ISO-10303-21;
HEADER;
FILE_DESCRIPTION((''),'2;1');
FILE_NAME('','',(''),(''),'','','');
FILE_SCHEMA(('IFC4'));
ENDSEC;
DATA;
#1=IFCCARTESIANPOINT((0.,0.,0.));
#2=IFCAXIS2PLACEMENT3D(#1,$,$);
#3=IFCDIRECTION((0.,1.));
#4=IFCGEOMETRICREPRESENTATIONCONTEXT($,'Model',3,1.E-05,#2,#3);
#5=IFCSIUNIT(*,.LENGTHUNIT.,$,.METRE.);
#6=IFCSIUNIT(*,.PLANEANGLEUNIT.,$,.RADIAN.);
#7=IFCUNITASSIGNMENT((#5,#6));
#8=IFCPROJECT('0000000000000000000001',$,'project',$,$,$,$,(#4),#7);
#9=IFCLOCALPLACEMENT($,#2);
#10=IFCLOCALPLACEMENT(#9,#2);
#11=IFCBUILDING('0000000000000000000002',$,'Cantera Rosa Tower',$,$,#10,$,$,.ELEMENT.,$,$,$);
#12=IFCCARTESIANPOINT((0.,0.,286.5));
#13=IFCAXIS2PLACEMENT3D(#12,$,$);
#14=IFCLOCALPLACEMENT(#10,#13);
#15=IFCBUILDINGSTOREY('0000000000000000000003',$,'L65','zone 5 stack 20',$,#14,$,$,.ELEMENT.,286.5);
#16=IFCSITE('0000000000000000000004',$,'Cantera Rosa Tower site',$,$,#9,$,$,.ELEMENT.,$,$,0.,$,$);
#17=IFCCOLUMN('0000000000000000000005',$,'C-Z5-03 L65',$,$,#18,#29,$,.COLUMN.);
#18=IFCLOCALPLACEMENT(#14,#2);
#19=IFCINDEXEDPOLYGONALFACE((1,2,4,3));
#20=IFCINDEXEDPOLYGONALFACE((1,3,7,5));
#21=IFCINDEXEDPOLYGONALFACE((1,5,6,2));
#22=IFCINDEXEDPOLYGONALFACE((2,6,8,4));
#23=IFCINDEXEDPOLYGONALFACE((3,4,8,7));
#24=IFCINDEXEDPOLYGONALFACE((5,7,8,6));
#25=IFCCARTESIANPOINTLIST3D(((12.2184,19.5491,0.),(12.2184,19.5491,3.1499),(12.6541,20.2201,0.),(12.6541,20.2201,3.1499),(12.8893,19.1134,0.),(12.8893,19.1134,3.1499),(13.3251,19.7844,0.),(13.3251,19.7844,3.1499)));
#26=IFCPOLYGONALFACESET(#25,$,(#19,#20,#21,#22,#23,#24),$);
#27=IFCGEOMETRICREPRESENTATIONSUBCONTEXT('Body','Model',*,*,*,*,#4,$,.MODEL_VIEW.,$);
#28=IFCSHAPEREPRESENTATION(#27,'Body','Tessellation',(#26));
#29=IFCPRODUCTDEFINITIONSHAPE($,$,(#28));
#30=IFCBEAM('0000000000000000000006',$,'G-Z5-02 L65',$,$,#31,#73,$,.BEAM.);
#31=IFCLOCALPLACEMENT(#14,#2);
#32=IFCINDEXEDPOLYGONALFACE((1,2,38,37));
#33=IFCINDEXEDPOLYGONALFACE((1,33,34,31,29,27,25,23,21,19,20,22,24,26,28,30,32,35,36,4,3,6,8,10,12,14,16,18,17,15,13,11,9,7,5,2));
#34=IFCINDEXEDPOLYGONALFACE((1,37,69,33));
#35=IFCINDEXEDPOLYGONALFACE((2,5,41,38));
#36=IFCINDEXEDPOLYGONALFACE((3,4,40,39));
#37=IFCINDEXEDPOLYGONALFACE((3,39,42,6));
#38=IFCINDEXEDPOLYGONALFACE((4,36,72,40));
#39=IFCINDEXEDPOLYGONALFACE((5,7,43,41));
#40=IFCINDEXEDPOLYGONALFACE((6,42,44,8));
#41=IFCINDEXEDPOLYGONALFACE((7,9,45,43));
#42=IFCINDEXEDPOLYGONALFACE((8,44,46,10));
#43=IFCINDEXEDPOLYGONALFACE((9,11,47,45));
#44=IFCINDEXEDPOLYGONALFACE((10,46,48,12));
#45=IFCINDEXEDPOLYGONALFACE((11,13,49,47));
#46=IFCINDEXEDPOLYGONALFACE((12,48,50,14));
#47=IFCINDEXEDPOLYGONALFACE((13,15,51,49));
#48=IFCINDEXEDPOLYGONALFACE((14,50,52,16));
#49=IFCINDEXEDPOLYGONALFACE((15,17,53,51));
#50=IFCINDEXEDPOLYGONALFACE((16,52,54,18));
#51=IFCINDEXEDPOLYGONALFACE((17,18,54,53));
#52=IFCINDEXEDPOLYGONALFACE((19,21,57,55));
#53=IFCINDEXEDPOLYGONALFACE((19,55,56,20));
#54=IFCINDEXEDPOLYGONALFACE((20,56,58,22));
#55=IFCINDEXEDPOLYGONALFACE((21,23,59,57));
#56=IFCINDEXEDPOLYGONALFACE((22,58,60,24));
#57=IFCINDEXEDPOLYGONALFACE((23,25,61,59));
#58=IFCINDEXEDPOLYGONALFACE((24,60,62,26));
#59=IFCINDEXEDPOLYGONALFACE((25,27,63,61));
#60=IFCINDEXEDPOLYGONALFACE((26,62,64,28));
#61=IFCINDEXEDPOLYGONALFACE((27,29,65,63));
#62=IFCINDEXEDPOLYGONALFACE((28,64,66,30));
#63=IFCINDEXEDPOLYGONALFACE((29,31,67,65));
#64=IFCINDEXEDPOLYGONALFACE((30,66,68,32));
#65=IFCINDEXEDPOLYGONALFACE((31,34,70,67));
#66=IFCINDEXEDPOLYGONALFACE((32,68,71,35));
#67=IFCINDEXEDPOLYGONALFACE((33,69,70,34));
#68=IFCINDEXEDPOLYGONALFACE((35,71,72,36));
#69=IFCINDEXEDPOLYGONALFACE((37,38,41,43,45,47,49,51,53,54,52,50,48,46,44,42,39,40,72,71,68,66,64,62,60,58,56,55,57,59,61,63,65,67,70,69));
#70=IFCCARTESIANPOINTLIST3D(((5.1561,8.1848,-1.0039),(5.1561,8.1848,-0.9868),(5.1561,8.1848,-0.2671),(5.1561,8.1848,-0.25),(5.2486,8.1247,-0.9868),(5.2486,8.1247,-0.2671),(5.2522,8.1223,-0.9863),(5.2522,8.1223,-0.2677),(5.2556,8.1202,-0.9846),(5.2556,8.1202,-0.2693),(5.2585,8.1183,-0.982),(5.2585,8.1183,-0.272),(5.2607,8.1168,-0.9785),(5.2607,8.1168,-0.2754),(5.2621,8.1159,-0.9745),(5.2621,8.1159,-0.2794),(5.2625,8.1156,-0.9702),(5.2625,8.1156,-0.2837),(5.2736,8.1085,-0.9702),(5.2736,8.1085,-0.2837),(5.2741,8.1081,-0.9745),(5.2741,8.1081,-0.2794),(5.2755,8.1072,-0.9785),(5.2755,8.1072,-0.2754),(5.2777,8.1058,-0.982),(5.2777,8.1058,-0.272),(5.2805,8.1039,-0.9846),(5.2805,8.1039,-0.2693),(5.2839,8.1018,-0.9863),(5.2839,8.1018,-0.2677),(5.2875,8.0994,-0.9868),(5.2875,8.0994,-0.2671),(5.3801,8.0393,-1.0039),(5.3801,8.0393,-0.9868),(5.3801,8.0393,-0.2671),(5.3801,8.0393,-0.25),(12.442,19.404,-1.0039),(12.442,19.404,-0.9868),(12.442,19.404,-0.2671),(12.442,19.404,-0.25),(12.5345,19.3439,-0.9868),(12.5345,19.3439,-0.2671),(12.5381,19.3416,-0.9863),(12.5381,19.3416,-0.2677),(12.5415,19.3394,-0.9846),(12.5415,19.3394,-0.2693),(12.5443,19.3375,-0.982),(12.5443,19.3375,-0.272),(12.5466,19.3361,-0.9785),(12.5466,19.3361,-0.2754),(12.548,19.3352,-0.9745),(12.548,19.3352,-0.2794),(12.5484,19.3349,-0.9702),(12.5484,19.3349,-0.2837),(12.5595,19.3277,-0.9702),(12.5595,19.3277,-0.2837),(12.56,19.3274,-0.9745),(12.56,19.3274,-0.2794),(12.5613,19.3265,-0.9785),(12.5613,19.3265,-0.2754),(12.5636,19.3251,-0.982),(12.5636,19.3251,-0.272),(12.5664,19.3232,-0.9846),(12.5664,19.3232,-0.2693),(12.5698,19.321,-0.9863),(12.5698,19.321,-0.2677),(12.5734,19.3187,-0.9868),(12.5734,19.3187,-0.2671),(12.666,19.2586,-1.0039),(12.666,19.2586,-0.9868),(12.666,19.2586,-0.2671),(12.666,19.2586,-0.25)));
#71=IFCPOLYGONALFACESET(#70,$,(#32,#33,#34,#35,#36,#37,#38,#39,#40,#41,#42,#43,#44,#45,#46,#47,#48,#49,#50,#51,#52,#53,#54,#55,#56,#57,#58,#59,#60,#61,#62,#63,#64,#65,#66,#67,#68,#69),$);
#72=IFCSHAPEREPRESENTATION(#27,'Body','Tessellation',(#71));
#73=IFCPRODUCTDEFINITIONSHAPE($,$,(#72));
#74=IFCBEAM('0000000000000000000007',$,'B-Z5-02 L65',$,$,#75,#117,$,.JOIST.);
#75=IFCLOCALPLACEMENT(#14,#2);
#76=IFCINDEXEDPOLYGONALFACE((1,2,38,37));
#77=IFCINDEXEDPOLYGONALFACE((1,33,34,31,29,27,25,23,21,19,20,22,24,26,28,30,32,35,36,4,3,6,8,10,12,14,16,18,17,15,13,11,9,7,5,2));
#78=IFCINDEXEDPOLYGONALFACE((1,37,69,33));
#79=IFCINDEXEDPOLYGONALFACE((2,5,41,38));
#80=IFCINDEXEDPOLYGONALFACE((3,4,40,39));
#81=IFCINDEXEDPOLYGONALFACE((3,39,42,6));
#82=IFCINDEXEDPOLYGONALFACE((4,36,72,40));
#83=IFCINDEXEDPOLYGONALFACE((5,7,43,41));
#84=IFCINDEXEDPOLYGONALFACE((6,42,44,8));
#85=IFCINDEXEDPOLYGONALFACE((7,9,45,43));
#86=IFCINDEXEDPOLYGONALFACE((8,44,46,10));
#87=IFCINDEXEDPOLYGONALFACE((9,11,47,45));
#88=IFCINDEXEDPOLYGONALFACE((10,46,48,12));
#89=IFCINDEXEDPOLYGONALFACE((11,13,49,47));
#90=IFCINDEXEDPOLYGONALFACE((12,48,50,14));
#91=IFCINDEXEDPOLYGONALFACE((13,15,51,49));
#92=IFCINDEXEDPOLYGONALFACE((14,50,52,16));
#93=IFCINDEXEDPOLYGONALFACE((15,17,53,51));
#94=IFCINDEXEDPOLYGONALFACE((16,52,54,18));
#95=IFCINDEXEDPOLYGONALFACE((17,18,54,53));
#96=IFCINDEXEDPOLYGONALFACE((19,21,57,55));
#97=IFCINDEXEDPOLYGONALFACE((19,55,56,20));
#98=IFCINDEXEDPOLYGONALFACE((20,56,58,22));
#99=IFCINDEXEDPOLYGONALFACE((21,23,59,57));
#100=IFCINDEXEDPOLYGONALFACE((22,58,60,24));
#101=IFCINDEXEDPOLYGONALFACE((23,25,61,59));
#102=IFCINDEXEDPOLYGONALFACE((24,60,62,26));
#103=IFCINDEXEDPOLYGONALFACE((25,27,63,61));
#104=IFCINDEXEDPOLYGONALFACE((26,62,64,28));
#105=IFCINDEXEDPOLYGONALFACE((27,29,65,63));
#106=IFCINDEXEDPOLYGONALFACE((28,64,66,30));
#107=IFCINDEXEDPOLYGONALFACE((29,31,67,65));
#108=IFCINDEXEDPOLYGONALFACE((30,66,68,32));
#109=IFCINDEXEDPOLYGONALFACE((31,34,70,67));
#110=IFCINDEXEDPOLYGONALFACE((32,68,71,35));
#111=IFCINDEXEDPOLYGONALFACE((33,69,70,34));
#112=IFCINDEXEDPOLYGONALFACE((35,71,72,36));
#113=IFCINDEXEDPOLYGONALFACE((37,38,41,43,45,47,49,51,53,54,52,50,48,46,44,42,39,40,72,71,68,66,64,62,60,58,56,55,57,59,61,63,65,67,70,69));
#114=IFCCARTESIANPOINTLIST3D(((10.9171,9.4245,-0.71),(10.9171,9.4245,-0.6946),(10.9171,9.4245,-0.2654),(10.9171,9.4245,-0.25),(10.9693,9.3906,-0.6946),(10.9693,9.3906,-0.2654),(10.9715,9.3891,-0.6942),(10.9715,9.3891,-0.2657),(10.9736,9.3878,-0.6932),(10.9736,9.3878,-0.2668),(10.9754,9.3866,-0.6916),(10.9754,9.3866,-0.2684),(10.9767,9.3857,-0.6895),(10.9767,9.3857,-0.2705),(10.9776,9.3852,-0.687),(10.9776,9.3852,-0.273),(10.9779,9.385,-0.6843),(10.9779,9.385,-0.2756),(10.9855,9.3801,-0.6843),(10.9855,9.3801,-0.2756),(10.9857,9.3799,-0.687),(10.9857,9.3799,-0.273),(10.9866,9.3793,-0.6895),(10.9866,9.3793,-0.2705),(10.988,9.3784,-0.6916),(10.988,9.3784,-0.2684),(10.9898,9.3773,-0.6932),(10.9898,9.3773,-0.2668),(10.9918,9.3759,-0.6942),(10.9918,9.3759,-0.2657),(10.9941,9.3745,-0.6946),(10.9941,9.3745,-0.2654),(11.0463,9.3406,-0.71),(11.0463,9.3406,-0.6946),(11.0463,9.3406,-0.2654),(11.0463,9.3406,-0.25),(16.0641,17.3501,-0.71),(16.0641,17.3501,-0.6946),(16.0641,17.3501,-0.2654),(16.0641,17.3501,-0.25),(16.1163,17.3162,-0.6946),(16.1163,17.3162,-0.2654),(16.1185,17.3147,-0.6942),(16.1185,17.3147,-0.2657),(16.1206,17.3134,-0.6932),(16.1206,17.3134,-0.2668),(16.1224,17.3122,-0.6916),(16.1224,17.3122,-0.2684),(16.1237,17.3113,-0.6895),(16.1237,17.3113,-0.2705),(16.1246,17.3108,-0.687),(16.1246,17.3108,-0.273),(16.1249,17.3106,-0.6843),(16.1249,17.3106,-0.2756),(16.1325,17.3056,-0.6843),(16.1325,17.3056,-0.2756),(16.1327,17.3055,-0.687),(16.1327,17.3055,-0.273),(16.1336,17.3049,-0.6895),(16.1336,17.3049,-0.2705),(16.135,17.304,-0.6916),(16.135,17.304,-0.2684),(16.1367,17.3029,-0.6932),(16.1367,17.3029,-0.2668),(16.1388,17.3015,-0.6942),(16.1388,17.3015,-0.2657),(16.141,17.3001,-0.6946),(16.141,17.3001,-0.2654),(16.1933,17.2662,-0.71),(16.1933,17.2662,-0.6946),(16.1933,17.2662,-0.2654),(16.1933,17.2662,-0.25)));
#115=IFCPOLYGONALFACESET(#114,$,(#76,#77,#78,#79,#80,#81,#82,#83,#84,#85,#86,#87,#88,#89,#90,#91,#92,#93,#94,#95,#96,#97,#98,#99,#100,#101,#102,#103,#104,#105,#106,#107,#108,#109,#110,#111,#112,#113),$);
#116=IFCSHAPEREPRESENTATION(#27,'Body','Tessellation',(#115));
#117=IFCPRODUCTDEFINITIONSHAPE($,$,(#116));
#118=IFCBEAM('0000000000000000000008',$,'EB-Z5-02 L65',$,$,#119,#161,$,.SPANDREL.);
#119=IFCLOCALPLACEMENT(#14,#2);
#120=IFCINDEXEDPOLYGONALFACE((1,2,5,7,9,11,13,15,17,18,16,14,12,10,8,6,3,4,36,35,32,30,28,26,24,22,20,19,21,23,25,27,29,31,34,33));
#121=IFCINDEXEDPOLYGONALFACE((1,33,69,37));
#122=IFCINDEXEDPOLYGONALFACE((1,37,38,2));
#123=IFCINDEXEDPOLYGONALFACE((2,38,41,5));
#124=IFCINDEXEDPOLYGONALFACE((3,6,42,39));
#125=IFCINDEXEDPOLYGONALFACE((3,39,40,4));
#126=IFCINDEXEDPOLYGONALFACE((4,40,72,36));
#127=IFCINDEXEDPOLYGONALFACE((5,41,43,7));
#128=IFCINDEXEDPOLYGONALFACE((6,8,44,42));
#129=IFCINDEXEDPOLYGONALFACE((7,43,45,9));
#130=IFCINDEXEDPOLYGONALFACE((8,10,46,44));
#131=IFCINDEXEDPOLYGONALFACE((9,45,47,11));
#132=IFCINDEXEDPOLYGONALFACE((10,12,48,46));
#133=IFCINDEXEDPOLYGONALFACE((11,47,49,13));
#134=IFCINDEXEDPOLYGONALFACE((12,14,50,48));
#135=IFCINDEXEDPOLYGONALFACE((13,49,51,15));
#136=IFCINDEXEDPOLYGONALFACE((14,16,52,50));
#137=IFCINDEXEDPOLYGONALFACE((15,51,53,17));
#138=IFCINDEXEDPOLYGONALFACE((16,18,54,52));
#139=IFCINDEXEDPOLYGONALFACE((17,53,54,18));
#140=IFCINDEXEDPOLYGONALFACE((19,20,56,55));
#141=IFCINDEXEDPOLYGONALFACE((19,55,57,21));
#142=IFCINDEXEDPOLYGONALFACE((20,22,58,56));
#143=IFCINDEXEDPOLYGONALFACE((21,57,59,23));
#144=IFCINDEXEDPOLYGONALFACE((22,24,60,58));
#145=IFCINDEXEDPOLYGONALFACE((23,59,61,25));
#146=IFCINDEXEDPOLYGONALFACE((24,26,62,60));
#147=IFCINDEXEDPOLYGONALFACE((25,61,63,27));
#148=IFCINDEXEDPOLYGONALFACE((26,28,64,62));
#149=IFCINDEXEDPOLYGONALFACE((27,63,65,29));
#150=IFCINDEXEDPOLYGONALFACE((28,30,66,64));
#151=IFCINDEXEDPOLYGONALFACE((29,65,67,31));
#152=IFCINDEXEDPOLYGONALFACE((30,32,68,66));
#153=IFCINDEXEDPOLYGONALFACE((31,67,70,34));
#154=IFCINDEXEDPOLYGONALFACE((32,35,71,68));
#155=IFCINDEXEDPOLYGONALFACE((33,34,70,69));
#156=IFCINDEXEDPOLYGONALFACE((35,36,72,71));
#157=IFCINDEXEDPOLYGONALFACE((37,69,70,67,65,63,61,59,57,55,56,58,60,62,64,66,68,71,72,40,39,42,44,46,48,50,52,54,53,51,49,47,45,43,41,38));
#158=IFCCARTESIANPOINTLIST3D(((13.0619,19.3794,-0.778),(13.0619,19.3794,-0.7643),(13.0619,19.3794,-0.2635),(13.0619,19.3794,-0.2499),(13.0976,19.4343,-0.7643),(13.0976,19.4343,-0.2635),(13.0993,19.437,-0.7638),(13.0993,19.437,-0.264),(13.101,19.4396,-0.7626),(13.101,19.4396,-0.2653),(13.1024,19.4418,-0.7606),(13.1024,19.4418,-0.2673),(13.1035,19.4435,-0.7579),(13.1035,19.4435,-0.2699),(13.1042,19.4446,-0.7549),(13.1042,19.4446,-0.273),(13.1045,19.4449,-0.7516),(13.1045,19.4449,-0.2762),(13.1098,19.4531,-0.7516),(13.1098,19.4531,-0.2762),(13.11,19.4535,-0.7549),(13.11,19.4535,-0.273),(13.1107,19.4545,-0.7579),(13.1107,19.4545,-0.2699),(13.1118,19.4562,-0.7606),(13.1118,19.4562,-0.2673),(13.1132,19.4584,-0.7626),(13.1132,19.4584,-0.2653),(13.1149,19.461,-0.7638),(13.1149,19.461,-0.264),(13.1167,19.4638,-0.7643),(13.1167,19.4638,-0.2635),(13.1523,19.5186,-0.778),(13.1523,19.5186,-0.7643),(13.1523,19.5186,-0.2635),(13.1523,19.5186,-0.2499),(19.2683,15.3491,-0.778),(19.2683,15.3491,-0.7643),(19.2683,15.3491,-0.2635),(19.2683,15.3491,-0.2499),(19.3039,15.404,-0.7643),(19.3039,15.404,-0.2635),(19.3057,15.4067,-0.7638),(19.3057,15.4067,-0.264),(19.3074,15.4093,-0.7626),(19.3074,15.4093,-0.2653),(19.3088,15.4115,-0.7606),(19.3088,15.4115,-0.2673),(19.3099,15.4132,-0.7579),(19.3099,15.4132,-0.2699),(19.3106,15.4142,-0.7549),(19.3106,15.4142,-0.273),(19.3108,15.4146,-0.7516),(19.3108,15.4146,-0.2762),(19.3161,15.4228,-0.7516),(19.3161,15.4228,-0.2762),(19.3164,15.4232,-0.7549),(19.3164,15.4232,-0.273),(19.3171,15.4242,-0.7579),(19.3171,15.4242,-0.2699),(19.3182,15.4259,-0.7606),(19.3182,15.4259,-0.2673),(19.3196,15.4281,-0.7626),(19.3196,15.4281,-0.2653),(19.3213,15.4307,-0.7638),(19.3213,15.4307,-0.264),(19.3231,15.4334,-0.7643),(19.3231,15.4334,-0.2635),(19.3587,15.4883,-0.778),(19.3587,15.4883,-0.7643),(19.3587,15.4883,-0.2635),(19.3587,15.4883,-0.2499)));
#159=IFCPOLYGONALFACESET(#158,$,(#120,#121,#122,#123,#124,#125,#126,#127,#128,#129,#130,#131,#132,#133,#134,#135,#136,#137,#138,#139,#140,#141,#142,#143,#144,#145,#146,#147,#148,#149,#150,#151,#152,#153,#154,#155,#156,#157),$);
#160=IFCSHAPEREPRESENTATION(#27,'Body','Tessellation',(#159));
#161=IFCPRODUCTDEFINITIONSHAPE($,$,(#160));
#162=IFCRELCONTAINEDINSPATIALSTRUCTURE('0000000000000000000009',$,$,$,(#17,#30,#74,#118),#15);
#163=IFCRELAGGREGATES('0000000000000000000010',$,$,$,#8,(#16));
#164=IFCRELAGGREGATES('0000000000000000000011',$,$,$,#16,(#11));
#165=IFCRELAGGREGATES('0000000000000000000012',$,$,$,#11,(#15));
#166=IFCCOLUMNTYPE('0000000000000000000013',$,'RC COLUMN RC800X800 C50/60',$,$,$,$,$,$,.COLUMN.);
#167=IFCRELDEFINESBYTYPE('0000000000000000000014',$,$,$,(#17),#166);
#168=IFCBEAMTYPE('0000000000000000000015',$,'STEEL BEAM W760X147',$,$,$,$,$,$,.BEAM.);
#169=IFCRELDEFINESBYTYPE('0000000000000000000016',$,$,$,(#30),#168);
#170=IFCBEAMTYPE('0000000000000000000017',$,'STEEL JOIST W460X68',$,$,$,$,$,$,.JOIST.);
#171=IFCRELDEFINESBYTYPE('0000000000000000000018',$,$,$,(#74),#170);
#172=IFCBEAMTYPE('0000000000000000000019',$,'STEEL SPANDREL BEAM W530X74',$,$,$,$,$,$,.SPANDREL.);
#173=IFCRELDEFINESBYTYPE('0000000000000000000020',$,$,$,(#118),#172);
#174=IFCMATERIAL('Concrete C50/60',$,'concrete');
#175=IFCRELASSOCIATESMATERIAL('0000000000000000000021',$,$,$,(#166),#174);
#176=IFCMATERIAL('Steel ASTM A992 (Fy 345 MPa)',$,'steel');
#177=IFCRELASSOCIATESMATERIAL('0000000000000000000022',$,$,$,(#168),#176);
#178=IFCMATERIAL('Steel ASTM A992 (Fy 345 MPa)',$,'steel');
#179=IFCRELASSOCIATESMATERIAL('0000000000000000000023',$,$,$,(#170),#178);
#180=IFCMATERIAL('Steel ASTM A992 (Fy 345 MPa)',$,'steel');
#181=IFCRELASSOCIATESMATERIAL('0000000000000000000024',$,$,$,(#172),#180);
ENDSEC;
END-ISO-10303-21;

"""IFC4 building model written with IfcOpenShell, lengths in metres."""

from ifc_helpers import new_model, si_unit, direction, frame, origin, origin_2d, place, context, subcontext, project, spatial, rectangle, i_section, extrude, material, material_profile, profile_set, type_object, element, save


model = new_model("IFC4")

# Units and contexts
model_context = context("Model", 3, precision=1e-05, world=origin(), true_north=direction((0.0, 1.0)))
body_context = subcontext(model_context, "Body", "Model", "MODEL_VIEW")
ifc_project = project(units=[si_unit("LENGTHUNIT", "METRE"), si_unit("PLANEANGLEUNIT", "RADIAN")], contexts=[model_context])

# Site, building, storey
site_placement = place(None, origin())
site = spatial("IfcSite", under=ifc_project, at=site_placement, Name="Cantera Rosa Tower site", CompositionType="ELEMENT", RefElevation=0.0)
building_placement = place(site_placement, origin())
building = spatial("IfcBuilding", under=site, at=building_placement, Name="Cantera Rosa Tower", CompositionType="ELEMENT")
storey_placement = place(building_placement, frame((0.0, 0.0, 286.5)))
storey = spatial("IfcBuildingStorey", under=building, at=storey_placement, Name="L65", Description="zone 5 stack 20", CompositionType="ELEMENT", Elevation=286.5)

# Column
ifc_material_1 = material(Name="Concrete C50/60", Category="concrete")
ifc_material_profile_1 = material_profile(ifc_material_1, rectangle(XDim=0.8, YDim=0.8, at=origin_2d()), Name="RC COLUMN RC800X800 C50/60")
ifc_profile_set_1 = profile_set([ifc_material_profile_1], Name="Concrete C50/60")
column_type = type_object("IfcColumnType", Name="RC COLUMN RC800X800 C50/60", PredefinedType="COLUMN", material=ifc_profile_set_1)
column_placement = place(storey_placement, frame((12.7717, 19.6667, 0.0), z_axis=(0.0, 0.0, 1.0), x_axis=(0.544639, 0.838671, 0.0)))
element("IfcColumn", 1, at=column_placement, inside=storey, type_object=column_type, Name="C-Z5-03 L65", PredefinedType="COLUMN", context=body_context, shape_type="SweptSolid", body=[
    extrude(rectangle(XDim=0.8, YDim=0.8, at=origin_2d()), origin(), (0.0, 0.0, 1.0), 3.1499),
])

# Beams
ifc_material_2 = material(Name="Steel ASTM A992 (Fy 345 MPa)", Category="steel")
ifc_material_profile_2 = material_profile(ifc_material_2, i_section(OverallWidth=0.2671, OverallDepth=0.7539, WebThickness=0.0132, FlangeThickness=0.0171, FilletRadius=0.0166, at=origin_2d()), Name="W760X147")
ifc_profile_set_2 = profile_set([ifc_material_profile_2], Name="Steel ASTM A992 (Fy 345 MPa)")
beam_type_1 = type_object("IfcBeamType", Name="STEEL BEAM W760X147", PredefinedType="BEAM", material=ifc_profile_set_2)
beam_1_placement = place(storey_placement, frame((12.554, 19.3313, -0.627), z_axis=(-0.544641, -0.83867, 0.0), x_axis=(0.83867, -0.544641, 0.0)))
element("IfcBeam", 2, at=beam_1_placement, inside=storey, type_object=beam_type_1, Name="G-Z5-02 L65", PredefinedType="BEAM", context=body_context, shape_type="SweptSolid", body=[
    extrude(i_section(OverallWidth=0.2671, OverallDepth=0.7539, WebThickness=0.0132, FlangeThickness=0.0171, FilletRadius=0.0166, at=origin_2d()), origin(), (0.0, 0.0, 1.0), 13.3774),
])
ifc_material_3 = material(Name="Steel ASTM A992 (Fy 345 MPa)", Category="steel")
ifc_material_profile_3 = material_profile(ifc_material_3, i_section(OverallWidth=0.1541, OverallDepth=0.46, WebThickness=0.009, FlangeThickness=0.0154, FilletRadius=0.0103, at=origin_2d()), Name="W460X68")
ifc_profile_set_3 = profile_set([ifc_material_profile_3], Name="Steel ASTM A992 (Fy 345 MPa)")
beam_type_2 = type_object("IfcBeamType", Name="STEEL JOIST W460X68", PredefinedType="JOIST", material=ifc_profile_set_3)
beam_2_placement = place(storey_placement, frame((16.1287, 17.3081, -0.48), z_axis=(-0.544644, -0.838667, 0.0), x_axis=(0.838667, -0.544644, 0.0)))
element("IfcBeam", 3, at=beam_2_placement, inside=storey, type_object=beam_type_2, Name="B-Z5-02 L65", PredefinedType="JOIST", context=body_context, shape_type="SweptSolid", body=[
    extrude(i_section(OverallWidth=0.1541, OverallDepth=0.46, WebThickness=0.009, FlangeThickness=0.0154, FilletRadius=0.0103, at=origin_2d()), origin(), (0.0, 0.0, 1.0), 9.4502),
])
ifc_material_4 = material(Name="Steel ASTM A992 (Fy 345 MPa)", Category="steel")
ifc_material_profile_4 = material_profile(ifc_material_4, i_section(OverallWidth=0.166, OverallDepth=0.5281, WebThickness=0.0098, FlangeThickness=0.0137, FilletRadius=0.0127, at=origin_2d()), Name="W530X74")
ifc_profile_set_4 = profile_set([ifc_material_profile_4], Name="Steel ASTM A992 (Fy 345 MPa)")
beam_type_3 = type_object("IfcBeamType", Name="STEEL SPANDREL BEAM W530X74", PredefinedType="SPANDREL", material=ifc_profile_set_4)
beam_3_placement = place(storey_placement, frame((19.3135, 15.4187, -0.5139), z_axis=(-0.838679, 0.544625, 0.0), x_axis=(-0.544625, -0.838679, 0.0)))
element("IfcBeam", 4, at=beam_3_placement, inside=storey, type_object=beam_type_3, Name="EB-Z5-02 L65", PredefinedType="SPANDREL", context=body_context, shape_type="SweptSolid", body=[
    extrude(i_section(OverallWidth=0.166, OverallDepth=0.5281, WebThickness=0.0098, FlangeThickness=0.0137, FilletRadius=0.0127, at=origin_2d()), origin(), (0.0, 0.0, 1.0), 7.4001),
])

save(model, "model.ifc")
